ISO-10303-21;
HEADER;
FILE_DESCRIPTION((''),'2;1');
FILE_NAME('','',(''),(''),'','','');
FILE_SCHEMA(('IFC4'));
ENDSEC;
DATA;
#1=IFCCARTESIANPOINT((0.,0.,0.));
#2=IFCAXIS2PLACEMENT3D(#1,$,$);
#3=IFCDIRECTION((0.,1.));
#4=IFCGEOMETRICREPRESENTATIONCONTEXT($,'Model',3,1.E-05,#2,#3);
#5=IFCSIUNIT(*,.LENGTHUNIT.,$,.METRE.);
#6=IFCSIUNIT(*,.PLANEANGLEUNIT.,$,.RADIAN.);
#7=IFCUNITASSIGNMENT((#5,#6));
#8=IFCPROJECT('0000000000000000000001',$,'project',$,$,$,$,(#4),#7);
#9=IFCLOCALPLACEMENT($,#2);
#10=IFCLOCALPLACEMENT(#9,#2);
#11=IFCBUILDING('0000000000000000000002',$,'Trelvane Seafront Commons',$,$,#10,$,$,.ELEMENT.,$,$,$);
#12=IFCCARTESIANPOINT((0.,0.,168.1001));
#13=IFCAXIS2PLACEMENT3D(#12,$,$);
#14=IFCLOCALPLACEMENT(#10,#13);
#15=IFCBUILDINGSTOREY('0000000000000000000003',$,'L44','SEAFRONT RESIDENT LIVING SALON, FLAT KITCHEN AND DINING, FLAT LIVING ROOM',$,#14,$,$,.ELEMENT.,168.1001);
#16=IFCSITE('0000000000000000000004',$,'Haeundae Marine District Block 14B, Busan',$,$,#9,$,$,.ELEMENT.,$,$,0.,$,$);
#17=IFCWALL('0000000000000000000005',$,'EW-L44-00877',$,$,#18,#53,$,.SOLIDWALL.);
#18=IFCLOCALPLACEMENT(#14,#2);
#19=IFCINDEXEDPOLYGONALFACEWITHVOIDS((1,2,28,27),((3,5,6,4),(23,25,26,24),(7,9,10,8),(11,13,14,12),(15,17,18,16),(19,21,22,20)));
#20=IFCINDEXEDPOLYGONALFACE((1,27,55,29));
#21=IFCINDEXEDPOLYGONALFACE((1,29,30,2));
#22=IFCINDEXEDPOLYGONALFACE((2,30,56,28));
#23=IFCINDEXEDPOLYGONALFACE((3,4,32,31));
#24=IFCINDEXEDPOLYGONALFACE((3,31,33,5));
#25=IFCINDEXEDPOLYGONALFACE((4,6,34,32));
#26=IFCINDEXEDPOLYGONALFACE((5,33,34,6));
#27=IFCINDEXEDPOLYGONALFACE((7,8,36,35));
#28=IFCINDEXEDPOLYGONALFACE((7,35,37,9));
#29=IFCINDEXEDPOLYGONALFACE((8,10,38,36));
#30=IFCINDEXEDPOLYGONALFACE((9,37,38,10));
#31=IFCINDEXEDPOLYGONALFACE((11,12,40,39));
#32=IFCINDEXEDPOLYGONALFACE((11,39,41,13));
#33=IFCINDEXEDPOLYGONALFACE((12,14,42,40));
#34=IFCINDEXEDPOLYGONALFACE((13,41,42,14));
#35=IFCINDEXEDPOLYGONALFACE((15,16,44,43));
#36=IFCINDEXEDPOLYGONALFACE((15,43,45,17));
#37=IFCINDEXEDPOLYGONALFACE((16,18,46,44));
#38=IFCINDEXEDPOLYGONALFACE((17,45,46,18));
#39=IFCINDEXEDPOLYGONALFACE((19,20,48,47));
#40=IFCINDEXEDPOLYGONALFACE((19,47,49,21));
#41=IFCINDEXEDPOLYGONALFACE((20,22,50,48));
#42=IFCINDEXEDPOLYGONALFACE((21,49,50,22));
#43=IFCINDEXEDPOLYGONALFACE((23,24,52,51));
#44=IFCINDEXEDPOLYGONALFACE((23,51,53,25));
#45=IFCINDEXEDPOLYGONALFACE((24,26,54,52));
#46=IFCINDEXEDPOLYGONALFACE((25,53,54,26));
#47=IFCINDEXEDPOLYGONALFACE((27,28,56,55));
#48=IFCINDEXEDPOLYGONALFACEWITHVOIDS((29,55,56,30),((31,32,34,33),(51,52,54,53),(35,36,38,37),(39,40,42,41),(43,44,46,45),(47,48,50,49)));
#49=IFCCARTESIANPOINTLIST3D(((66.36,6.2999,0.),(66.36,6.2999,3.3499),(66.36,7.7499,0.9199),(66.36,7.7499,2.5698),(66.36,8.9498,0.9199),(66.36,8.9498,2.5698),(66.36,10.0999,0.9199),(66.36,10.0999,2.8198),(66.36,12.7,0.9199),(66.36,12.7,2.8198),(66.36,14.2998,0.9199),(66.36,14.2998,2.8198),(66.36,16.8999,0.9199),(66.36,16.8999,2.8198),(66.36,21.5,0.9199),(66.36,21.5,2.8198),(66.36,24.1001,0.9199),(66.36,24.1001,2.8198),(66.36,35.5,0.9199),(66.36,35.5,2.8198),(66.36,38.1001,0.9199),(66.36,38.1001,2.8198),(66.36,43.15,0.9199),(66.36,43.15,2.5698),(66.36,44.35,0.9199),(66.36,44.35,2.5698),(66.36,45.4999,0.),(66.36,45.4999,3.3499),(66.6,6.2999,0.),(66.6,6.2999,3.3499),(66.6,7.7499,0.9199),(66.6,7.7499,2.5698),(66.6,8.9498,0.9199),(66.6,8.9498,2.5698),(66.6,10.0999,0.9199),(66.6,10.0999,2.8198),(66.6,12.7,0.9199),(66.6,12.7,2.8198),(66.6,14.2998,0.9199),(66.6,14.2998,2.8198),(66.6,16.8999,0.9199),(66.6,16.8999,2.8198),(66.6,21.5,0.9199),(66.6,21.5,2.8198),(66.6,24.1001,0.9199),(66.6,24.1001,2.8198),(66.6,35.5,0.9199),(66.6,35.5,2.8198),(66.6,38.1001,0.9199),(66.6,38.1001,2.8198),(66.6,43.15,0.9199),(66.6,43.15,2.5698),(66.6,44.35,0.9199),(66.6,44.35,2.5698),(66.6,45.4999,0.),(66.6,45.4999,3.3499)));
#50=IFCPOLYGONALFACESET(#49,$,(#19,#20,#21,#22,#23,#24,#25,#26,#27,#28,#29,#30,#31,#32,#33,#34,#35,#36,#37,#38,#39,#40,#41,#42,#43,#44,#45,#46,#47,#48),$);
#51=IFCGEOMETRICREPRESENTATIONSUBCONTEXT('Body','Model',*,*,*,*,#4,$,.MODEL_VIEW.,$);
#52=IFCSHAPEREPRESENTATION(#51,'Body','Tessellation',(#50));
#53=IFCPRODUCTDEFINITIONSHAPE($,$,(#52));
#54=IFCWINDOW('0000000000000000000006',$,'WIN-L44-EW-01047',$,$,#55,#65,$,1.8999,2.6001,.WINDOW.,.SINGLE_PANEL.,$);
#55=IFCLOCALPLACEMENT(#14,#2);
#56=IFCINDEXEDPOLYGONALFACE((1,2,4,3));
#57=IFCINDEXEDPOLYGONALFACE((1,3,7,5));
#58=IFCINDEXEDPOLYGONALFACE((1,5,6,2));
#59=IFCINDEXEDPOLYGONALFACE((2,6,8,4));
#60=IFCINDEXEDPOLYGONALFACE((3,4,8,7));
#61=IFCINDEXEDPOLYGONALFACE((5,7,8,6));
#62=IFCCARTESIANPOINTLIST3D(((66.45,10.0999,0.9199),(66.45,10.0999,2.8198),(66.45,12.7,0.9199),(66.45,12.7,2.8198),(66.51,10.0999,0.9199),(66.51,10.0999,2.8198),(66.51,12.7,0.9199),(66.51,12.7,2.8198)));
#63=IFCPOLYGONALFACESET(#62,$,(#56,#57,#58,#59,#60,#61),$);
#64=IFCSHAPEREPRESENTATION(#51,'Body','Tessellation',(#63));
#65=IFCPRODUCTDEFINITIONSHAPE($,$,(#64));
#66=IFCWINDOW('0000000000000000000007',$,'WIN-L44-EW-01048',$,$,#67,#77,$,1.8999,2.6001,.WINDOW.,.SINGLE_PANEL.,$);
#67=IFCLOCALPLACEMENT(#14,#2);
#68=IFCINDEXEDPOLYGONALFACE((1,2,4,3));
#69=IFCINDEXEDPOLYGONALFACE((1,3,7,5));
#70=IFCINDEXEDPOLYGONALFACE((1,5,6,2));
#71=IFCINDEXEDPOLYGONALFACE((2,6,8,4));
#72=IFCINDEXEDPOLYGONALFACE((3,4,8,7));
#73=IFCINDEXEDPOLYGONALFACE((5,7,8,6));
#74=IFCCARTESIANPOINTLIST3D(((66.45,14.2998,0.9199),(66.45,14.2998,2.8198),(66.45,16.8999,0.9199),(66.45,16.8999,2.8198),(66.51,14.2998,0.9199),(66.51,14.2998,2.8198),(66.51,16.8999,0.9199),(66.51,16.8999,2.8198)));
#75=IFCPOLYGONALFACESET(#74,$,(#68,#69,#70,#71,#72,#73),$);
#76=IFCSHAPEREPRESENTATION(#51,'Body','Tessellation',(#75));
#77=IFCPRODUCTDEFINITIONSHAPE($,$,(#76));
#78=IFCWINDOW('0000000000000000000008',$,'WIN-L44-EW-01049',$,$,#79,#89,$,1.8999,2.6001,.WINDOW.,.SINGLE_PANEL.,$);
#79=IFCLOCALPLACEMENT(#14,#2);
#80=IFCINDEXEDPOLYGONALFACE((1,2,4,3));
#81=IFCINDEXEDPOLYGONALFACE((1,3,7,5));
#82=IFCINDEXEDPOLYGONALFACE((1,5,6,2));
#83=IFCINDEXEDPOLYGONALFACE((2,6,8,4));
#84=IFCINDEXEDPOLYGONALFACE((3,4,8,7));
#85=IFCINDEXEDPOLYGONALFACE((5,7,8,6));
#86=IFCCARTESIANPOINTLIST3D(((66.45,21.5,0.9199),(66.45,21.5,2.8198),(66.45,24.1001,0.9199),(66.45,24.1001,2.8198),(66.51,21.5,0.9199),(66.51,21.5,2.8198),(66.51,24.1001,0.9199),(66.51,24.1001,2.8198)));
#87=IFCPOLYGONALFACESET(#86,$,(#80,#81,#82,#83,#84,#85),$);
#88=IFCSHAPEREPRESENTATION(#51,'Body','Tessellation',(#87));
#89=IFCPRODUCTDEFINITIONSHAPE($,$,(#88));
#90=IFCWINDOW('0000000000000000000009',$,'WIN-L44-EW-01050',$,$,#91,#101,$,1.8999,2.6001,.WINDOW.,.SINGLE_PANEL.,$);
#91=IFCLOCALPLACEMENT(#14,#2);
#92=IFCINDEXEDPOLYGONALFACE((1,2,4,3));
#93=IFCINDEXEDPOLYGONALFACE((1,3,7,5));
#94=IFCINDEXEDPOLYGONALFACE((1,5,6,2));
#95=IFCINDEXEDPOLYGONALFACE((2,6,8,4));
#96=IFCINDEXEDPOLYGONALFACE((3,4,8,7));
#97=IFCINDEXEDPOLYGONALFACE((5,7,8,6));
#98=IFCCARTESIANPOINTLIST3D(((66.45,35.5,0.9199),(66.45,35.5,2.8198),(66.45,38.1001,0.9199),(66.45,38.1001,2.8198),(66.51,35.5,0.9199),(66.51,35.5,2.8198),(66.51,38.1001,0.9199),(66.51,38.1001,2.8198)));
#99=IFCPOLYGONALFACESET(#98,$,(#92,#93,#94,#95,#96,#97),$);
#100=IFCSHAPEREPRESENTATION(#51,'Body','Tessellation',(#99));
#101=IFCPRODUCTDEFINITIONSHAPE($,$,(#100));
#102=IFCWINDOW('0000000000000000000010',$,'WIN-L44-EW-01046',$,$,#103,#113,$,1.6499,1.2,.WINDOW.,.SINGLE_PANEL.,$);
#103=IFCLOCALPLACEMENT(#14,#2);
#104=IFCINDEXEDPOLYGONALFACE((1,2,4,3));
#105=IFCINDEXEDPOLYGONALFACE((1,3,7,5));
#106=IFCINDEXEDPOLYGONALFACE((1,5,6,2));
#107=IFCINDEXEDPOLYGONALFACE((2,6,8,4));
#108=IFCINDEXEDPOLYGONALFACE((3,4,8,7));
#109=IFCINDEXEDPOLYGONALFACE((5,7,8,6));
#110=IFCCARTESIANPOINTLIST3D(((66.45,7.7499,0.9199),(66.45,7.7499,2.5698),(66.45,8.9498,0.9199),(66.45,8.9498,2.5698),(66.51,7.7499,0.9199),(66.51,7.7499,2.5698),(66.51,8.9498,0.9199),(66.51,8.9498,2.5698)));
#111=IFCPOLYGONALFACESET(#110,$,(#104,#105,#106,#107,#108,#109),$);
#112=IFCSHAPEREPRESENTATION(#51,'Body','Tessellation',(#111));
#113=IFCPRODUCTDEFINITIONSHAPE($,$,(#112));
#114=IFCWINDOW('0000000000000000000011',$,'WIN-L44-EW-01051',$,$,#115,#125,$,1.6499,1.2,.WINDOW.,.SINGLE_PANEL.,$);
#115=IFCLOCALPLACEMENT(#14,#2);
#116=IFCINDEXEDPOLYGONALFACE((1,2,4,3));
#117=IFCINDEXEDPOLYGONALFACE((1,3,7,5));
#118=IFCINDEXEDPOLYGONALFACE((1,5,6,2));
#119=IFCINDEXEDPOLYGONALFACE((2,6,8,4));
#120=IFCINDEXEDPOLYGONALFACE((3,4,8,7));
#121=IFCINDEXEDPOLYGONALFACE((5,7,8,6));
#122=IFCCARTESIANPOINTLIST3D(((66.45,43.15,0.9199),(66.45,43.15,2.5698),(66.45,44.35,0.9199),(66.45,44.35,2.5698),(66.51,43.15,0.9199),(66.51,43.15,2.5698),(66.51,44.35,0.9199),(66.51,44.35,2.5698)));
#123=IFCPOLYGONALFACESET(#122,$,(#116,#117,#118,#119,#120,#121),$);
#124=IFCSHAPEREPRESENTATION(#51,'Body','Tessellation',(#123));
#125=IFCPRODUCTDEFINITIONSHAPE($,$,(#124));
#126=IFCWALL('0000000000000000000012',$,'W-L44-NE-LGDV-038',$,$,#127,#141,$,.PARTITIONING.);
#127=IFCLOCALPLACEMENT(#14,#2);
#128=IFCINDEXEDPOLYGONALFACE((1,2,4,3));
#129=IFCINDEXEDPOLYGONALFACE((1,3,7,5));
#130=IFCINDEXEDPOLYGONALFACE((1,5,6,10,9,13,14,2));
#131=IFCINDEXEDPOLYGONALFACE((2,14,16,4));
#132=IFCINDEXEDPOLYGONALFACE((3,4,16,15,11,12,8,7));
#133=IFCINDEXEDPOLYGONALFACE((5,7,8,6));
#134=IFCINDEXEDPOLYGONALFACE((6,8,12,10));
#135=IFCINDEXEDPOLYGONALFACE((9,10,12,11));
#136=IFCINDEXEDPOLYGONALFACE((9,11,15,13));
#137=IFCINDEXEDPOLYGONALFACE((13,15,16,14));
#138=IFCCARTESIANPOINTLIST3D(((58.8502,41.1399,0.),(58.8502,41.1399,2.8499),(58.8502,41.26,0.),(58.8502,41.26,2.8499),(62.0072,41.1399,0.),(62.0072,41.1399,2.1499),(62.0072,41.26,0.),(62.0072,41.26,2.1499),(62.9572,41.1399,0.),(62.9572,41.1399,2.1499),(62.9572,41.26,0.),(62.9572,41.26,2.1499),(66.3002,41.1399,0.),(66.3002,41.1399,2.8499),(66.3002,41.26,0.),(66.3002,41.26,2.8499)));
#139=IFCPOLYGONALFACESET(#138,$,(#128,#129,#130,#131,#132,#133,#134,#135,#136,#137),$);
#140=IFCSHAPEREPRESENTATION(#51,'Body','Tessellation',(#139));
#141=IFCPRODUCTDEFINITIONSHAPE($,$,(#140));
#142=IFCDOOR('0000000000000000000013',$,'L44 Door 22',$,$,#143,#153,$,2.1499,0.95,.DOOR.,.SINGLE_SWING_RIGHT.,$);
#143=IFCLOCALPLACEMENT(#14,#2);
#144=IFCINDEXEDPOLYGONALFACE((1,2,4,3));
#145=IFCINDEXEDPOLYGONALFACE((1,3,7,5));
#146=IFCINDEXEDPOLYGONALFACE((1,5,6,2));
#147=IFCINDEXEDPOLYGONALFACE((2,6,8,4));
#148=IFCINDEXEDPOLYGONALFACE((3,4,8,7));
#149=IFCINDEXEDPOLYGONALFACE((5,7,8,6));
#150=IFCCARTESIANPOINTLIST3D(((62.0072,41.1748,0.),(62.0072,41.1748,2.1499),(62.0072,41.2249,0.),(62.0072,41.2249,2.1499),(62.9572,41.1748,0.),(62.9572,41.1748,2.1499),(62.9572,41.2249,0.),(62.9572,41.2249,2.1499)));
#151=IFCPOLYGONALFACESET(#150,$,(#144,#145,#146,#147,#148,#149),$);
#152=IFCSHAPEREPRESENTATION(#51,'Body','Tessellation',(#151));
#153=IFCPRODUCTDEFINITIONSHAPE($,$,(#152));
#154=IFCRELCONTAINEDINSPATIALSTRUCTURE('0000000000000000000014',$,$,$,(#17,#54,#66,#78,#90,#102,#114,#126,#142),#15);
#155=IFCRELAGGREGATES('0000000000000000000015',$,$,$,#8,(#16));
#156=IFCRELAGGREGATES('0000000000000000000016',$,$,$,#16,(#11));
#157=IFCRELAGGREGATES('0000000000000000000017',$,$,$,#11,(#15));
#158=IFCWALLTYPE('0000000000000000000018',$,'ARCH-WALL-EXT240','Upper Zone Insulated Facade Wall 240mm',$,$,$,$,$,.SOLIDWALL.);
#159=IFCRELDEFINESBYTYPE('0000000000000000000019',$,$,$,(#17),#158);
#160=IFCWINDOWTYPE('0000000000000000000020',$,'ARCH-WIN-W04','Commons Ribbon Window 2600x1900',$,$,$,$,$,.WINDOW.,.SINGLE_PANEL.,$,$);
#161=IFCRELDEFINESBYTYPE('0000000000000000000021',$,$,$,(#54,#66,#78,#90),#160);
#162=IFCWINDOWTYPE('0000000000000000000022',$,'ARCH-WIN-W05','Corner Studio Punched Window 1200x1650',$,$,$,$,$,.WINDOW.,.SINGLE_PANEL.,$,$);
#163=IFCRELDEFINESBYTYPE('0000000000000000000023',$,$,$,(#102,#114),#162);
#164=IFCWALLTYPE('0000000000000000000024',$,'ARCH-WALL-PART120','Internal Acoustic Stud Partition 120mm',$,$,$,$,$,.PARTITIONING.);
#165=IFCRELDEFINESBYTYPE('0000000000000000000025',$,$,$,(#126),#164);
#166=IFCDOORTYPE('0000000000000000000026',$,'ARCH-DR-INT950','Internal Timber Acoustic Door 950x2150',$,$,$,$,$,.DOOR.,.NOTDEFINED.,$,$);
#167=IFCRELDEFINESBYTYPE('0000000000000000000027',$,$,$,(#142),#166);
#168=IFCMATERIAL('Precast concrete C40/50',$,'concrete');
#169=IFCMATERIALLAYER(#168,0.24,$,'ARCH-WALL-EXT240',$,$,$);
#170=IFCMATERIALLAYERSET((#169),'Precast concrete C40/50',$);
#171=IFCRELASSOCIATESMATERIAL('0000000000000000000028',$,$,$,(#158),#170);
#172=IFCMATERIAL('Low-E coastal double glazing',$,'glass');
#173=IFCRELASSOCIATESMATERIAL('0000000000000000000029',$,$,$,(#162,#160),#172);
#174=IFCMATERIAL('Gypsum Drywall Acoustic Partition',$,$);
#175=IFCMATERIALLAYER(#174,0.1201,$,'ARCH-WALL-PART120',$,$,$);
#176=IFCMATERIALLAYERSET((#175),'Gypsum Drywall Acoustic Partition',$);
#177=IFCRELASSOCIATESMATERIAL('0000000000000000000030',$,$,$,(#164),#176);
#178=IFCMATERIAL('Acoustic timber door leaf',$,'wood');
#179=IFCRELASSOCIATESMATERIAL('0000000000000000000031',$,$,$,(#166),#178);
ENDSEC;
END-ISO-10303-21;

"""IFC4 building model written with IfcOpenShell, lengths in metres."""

from ifc_helpers import new_model, si_unit, direction, frame, frame_2d, origin, place, context, subcontext, project, spatial, rectangle, extrude, source, transform, mapped, material, layer, layer_set, type_object, element, fill, save


model = new_model("IFC4")

# Units and contexts
model_context = context("Model", 3, precision=1e-05, world=origin(), true_north=direction((0.0, 1.0)))
body_context = subcontext(model_context, "Body", "Model", "MODEL_VIEW")
ifc_project = project(units=[si_unit("LENGTHUNIT", "METRE"), si_unit("PLANEANGLEUNIT", "RADIAN")], contexts=[model_context])

# Site, building, storey
site_placement = place(None, origin())
site = spatial("IfcSite", under=ifc_project, at=site_placement, Name="Haeundae Marine District Block 14B, Busan", CompositionType="ELEMENT", RefElevation=0.0)
building_placement = place(site_placement, origin())
building = spatial("IfcBuilding", under=site, at=building_placement, Name="Trelvane Seafront Commons", CompositionType="ELEMENT")
storey_placement = place(building_placement, frame((0.0, 0.0, 168.1001)))
storey = spatial("IfcBuildingStorey", under=building, at=storey_placement, Name="L44", Description="SEAFRONT RESIDENT LIVING SALON, FLAT KITCHEN AND DINING, FLAT LIVING ROOM", CompositionType="ELEMENT", Elevation=168.1001)

# Shared definitions
ifc_material_1 = material(Name="Low-E coastal double glazing", Category="glass")

# Shared definitions
ifc_material_2 = material(Name="Precast concrete C40/50", Category="concrete")
ifc_layer_1 = layer(ifc_material_2, 0.24, Name="ARCH-WALL-EXT240")
ifc_layer_set_1 = layer_set([ifc_layer_1], Name="Precast concrete C40/50")
wall_type_1 = type_object("IfcWallType", Name="ARCH-WALL-EXT240", Description="Upper Zone Insulated Facade Wall 240mm", PredefinedType="SOLIDWALL", material=ifc_layer_set_1)
window_type_1 = type_object("IfcWindowType", Name="ARCH-WIN-W05", Description="Corner Studio Punched Window 1200x1650", PartitioningType="SINGLE_PANEL", PredefinedType="WINDOW", material=ifc_material_1)
shared_shape_1 = source(origin(), body_context, "Body", "SweptSolid", [
    extrude(rectangle(XDim=1.2, YDim=1.6499, at=frame_2d((0.6001, 0.825))), frame((0.0, 0.03, 0.0), z_axis=(0.0, -1.0, 0.0), x_axis=(1.0, 0.0, 0.0)), (0.0, 0.0, 1.0), 0.0601),
])

# Wall, openings, windows
wall_1_placement = place(storey_placement, frame((66.48, 45.5, 0.0), z_axis=(0.0, 0.0, 1.0), x_axis=(0.0, -1.0, 0.0)))
wall_1 = element("IfcWall", 1, at=wall_1_placement, inside=storey, type_object=wall_type_1, Name="EW-L44-00877", PredefinedType="SOLIDWALL", context=body_context, shape_type="SweptSolid", body=[
    extrude(rectangle(XDim=39.2, YDim=0.24, at=frame_2d((19.6001, 0.0))), origin(), (0.0, 0.0, 1.0), 3.3499),
])
opening_1_placement = place(wall_1_placement, frame((36.55, 0.0, 0.9199)))
opening_1 = element("IfcOpeningElement", 2, at=opening_1_placement, cuts=wall_1, PredefinedType="OPENING", context=body_context, shape_type="SweptSolid", body=[
    extrude(rectangle(XDim=1.2, YDim=1.6499, at=frame_2d((0.6001, 0.825))), frame((0.0, 0.1299, 0.0), z_axis=(0.0, -1.0, 0.0), x_axis=(1.0, 0.0, 0.0)), (0.0, 0.0, 1.0), 0.26),
])
opening_2_placement = place(wall_1_placement, frame((32.8, 0.0, 0.9199)))
opening_2 = element("IfcOpeningElement", 3, at=opening_2_placement, cuts=wall_1, PredefinedType="OPENING", context=body_context, shape_type="SweptSolid", body=[
    extrude(rectangle(XDim=2.6001, YDim=1.8999, at=frame_2d((1.3, 0.95))), frame((0.0, 0.1299, 0.0), z_axis=(0.0, -1.0, 0.0), x_axis=(1.0, 0.0, 0.0)), (0.0, 0.0, 1.0), 0.26),
])
opening_3_placement = place(wall_1_placement, frame((28.6001, 0.0, 0.9199)))
opening_3 = element("IfcOpeningElement", 4, at=opening_3_placement, cuts=wall_1, PredefinedType="OPENING", context=body_context, shape_type="SweptSolid", body=[
    extrude(rectangle(XDim=2.6001, YDim=1.8999, at=frame_2d((1.3, 0.95))), frame((0.0, 0.1299, 0.0), z_axis=(0.0, -1.0, 0.0), x_axis=(1.0, 0.0, 0.0)), (0.0, 0.0, 1.0), 0.26),
])
opening_4_placement = place(wall_1_placement, frame((21.3999, 0.0, 0.9199)))
opening_4 = element("IfcOpeningElement", 5, at=opening_4_placement, cuts=wall_1, PredefinedType="OPENING", context=body_context, shape_type="SweptSolid", body=[
    extrude(rectangle(XDim=2.6001, YDim=1.8999, at=frame_2d((1.3, 0.95))), frame((0.0, 0.1299, 0.0), z_axis=(0.0, -1.0, 0.0), x_axis=(1.0, 0.0, 0.0)), (0.0, 0.0, 1.0), 0.26),
])
opening_5_placement = place(wall_1_placement, frame((7.3999, 0.0, 0.9199)))
opening_5 = element("IfcOpeningElement", 6, at=opening_5_placement, cuts=wall_1, PredefinedType="OPENING", context=body_context, shape_type="SweptSolid", body=[
    extrude(rectangle(XDim=2.6001, YDim=1.8999, at=frame_2d((1.3, 0.95))), frame((0.0, 0.1299, 0.0), z_axis=(0.0, -1.0, 0.0), x_axis=(1.0, 0.0, 0.0)), (0.0, 0.0, 1.0), 0.26),
])
opening_6_placement = place(wall_1_placement, frame((1.1499, 0.0, 0.9199)))
opening_6 = element("IfcOpeningElement", 7, at=opening_6_placement, cuts=wall_1, PredefinedType="OPENING", context=body_context, shape_type="SweptSolid", body=[
    extrude(rectangle(XDim=1.2, YDim=1.6499, at=frame_2d((0.6001, 0.825))), frame((0.0, 0.1299, 0.0), z_axis=(0.0, -1.0, 0.0), x_axis=(1.0, 0.0, 0.0)), (0.0, 0.0, 1.0), 0.26),
])
window_type_2 = type_object("IfcWindowType", Name="ARCH-WIN-W04", Description="Commons Ribbon Window 2600x1900", PartitioningType="SINGLE_PANEL", PredefinedType="WINDOW", material=ifc_material_1)
shared_shape_2 = source(origin(), body_context, "Body", "SweptSolid", [
    extrude(rectangle(XDim=2.6001, YDim=1.8999, at=frame_2d((1.3, 0.95))), frame((0.0, 0.03, 0.0), z_axis=(0.0, -1.0, 0.0), x_axis=(1.0, 0.0, 0.0)), (0.0, 0.0, 1.0), 0.0601),
])
window_1_placement = place(opening_2_placement, origin())
window_1 = element("IfcWindow", 8, at=window_1_placement, inside=storey, type_object=window_type_2, Name="WIN-L44-EW-01047", OverallHeight=1.8999, OverallWidth=2.6001, PartitioningType="SINGLE_PANEL", PredefinedType="WINDOW", context=body_context, shape_type="MappedRepresentation", body=[
    mapped(shared_shape_2, transform((0.0, 0.0, 0.0), x_axis=(1.0, 0.0, 0.0), y_axis=(0.0, 1.0, 0.0), z_axis=(0.0, 0.0, 1.0), scale=1.0)),
])
fill(opening_2, window_1)
window_2_placement = place(opening_3_placement, origin())
window_2 = element("IfcWindow", 9, at=window_2_placement, inside=storey, type_object=window_type_2, Name="WIN-L44-EW-01048", OverallHeight=1.8999, OverallWidth=2.6001, PartitioningType="SINGLE_PANEL", PredefinedType="WINDOW", context=body_context, shape_type="MappedRepresentation", body=[
    mapped(shared_shape_2, transform((0.0, 0.0, 0.0), x_axis=(1.0, 0.0, 0.0), y_axis=(0.0, 1.0, 0.0), z_axis=(0.0, 0.0, 1.0), scale=1.0)),
])
fill(opening_3, window_2)
window_3_placement = place(opening_4_placement, origin())
window_3 = element("IfcWindow", 10, at=window_3_placement, inside=storey, type_object=window_type_2, Name="WIN-L44-EW-01049", OverallHeight=1.8999, OverallWidth=2.6001, PartitioningType="SINGLE_PANEL", PredefinedType="WINDOW", context=body_context, shape_type="MappedRepresentation", body=[
    mapped(shared_shape_2, transform((0.0, 0.0, 0.0), x_axis=(1.0, 0.0, 0.0), y_axis=(0.0, 1.0, 0.0), z_axis=(0.0, 0.0, 1.0), scale=1.0)),
])
fill(opening_4, window_3)
window_4_placement = place(opening_5_placement, origin())
window_4 = element("IfcWindow", 11, at=window_4_placement, inside=storey, type_object=window_type_2, Name="WIN-L44-EW-01050", OverallHeight=1.8999, OverallWidth=2.6001, PartitioningType="SINGLE_PANEL", PredefinedType="WINDOW", context=body_context, shape_type="MappedRepresentation", body=[
    mapped(shared_shape_2, transform((0.0, 0.0, 0.0), x_axis=(1.0, 0.0, 0.0), y_axis=(0.0, 1.0, 0.0), z_axis=(0.0, 0.0, 1.0), scale=1.0)),
])
fill(opening_5, window_4)
window_5_placement = place(opening_1_placement, origin())
window_5 = element("IfcWindow", 12, at=window_5_placement, inside=storey, type_object=window_type_1, Name="WIN-L44-EW-01046", OverallHeight=1.6499, OverallWidth=1.2, PartitioningType="SINGLE_PANEL", PredefinedType="WINDOW", context=body_context, shape_type="MappedRepresentation", body=[
    mapped(shared_shape_1, transform((0.0, 0.0, 0.0), x_axis=(1.0, 0.0, 0.0), y_axis=(0.0, 1.0, 0.0), z_axis=(0.0, 0.0, 1.0), scale=1.0)),
])
fill(opening_1, window_5)
window_6_placement = place(opening_6_placement, origin())
window_6 = element("IfcWindow", 13, at=window_6_placement, inside=storey, type_object=window_type_1, Name="WIN-L44-EW-01051", OverallHeight=1.6499, OverallWidth=1.2, PartitioningType="SINGLE_PANEL", PredefinedType="WINDOW", context=body_context, shape_type="MappedRepresentation", body=[
    mapped(shared_shape_1, transform((0.0, 0.0, 0.0), x_axis=(1.0, 0.0, 0.0), y_axis=(0.0, 1.0, 0.0), z_axis=(0.0, 0.0, 1.0), scale=1.0)),
])
fill(opening_6, window_6)

# Wall, opening, door
ifc_material_3 = material(Name="Gypsum Drywall Acoustic Partition")
ifc_layer_2 = layer(ifc_material_3, 0.1201, Name="ARCH-WALL-PART120")
ifc_layer_set_2 = layer_set([ifc_layer_2], Name="Gypsum Drywall Acoustic Partition")
wall_type_2 = type_object("IfcWallType", Name="ARCH-WALL-PART120", Description="Internal Acoustic Stud Partition 120mm", PredefinedType="PARTITIONING", material=ifc_layer_set_2)
wall_2_placement = place(storey_placement, frame((58.8501, 41.2, 0.0), z_axis=(0.0, 0.0, 1.0), x_axis=(1.0, 0.0, 0.0)))
wall_2 = element("IfcWall", 14, at=wall_2_placement, inside=storey, type_object=wall_type_2, Name="W-L44-NE-LGDV-038", PredefinedType="PARTITIONING", context=body_context, shape_type="SweptSolid", body=[
    extrude(rectangle(XDim=7.45, YDim=0.1201, at=frame_2d((3.7251, 0.0))), origin(), (0.0, 0.0, 1.0), 2.8499),
])
opening_7_placement = place(wall_2_placement, frame((3.157, 0.0, 0.0)))
opening_7 = element("IfcOpeningElement", 15, at=opening_7_placement, cuts=wall_2, PredefinedType="OPENING", context=body_context, shape_type="SweptSolid", body=[
    extrude(rectangle(XDim=0.95, YDim=2.1499, at=frame_2d((0.4751, 1.075))), frame((0.0, 0.0701, 0.0), z_axis=(0.0, -1.0, 0.0), x_axis=(1.0, 0.0, 0.0)), (0.0, 0.0, 1.0), 0.1401),
])
ifc_material_4 = material(Name="Acoustic timber door leaf", Category="wood")
door_type_1 = type_object("IfcDoorType", Name="ARCH-DR-INT950", Description="Internal Timber Acoustic Door 950x2150", OperationType="NOTDEFINED", PredefinedType="DOOR", material=ifc_material_4)
shared_shape_3 = source(origin(), body_context, "Body", "SweptSolid", [
    extrude(rectangle(XDim=0.95, YDim=2.1499, at=frame_2d((0.4751, 1.075))), frame((0.0, 0.0249, 0.0), z_axis=(0.0, -1.0, 0.0), x_axis=(1.0, 0.0, 0.0)), (0.0, 0.0, 1.0), 0.05),
])
door_1_placement = place(opening_7_placement, origin())
door_1 = element("IfcDoor", 16, at=door_1_placement, inside=storey, type_object=door_type_1, Name="L44 Door 22", OperationType="SINGLE_SWING_RIGHT", OverallHeight=2.1499, OverallWidth=0.95, PredefinedType="DOOR", context=body_context, shape_type="MappedRepresentation", body=[
    mapped(shared_shape_3, transform((0.0, 0.0, 0.0), x_axis=(1.0, 0.0, 0.0), y_axis=(0.0, 1.0, 0.0), z_axis=(0.0, 0.0, 1.0), scale=1.0)),
])
fill(opening_7, door_1)

save(model, "model.ifc")
